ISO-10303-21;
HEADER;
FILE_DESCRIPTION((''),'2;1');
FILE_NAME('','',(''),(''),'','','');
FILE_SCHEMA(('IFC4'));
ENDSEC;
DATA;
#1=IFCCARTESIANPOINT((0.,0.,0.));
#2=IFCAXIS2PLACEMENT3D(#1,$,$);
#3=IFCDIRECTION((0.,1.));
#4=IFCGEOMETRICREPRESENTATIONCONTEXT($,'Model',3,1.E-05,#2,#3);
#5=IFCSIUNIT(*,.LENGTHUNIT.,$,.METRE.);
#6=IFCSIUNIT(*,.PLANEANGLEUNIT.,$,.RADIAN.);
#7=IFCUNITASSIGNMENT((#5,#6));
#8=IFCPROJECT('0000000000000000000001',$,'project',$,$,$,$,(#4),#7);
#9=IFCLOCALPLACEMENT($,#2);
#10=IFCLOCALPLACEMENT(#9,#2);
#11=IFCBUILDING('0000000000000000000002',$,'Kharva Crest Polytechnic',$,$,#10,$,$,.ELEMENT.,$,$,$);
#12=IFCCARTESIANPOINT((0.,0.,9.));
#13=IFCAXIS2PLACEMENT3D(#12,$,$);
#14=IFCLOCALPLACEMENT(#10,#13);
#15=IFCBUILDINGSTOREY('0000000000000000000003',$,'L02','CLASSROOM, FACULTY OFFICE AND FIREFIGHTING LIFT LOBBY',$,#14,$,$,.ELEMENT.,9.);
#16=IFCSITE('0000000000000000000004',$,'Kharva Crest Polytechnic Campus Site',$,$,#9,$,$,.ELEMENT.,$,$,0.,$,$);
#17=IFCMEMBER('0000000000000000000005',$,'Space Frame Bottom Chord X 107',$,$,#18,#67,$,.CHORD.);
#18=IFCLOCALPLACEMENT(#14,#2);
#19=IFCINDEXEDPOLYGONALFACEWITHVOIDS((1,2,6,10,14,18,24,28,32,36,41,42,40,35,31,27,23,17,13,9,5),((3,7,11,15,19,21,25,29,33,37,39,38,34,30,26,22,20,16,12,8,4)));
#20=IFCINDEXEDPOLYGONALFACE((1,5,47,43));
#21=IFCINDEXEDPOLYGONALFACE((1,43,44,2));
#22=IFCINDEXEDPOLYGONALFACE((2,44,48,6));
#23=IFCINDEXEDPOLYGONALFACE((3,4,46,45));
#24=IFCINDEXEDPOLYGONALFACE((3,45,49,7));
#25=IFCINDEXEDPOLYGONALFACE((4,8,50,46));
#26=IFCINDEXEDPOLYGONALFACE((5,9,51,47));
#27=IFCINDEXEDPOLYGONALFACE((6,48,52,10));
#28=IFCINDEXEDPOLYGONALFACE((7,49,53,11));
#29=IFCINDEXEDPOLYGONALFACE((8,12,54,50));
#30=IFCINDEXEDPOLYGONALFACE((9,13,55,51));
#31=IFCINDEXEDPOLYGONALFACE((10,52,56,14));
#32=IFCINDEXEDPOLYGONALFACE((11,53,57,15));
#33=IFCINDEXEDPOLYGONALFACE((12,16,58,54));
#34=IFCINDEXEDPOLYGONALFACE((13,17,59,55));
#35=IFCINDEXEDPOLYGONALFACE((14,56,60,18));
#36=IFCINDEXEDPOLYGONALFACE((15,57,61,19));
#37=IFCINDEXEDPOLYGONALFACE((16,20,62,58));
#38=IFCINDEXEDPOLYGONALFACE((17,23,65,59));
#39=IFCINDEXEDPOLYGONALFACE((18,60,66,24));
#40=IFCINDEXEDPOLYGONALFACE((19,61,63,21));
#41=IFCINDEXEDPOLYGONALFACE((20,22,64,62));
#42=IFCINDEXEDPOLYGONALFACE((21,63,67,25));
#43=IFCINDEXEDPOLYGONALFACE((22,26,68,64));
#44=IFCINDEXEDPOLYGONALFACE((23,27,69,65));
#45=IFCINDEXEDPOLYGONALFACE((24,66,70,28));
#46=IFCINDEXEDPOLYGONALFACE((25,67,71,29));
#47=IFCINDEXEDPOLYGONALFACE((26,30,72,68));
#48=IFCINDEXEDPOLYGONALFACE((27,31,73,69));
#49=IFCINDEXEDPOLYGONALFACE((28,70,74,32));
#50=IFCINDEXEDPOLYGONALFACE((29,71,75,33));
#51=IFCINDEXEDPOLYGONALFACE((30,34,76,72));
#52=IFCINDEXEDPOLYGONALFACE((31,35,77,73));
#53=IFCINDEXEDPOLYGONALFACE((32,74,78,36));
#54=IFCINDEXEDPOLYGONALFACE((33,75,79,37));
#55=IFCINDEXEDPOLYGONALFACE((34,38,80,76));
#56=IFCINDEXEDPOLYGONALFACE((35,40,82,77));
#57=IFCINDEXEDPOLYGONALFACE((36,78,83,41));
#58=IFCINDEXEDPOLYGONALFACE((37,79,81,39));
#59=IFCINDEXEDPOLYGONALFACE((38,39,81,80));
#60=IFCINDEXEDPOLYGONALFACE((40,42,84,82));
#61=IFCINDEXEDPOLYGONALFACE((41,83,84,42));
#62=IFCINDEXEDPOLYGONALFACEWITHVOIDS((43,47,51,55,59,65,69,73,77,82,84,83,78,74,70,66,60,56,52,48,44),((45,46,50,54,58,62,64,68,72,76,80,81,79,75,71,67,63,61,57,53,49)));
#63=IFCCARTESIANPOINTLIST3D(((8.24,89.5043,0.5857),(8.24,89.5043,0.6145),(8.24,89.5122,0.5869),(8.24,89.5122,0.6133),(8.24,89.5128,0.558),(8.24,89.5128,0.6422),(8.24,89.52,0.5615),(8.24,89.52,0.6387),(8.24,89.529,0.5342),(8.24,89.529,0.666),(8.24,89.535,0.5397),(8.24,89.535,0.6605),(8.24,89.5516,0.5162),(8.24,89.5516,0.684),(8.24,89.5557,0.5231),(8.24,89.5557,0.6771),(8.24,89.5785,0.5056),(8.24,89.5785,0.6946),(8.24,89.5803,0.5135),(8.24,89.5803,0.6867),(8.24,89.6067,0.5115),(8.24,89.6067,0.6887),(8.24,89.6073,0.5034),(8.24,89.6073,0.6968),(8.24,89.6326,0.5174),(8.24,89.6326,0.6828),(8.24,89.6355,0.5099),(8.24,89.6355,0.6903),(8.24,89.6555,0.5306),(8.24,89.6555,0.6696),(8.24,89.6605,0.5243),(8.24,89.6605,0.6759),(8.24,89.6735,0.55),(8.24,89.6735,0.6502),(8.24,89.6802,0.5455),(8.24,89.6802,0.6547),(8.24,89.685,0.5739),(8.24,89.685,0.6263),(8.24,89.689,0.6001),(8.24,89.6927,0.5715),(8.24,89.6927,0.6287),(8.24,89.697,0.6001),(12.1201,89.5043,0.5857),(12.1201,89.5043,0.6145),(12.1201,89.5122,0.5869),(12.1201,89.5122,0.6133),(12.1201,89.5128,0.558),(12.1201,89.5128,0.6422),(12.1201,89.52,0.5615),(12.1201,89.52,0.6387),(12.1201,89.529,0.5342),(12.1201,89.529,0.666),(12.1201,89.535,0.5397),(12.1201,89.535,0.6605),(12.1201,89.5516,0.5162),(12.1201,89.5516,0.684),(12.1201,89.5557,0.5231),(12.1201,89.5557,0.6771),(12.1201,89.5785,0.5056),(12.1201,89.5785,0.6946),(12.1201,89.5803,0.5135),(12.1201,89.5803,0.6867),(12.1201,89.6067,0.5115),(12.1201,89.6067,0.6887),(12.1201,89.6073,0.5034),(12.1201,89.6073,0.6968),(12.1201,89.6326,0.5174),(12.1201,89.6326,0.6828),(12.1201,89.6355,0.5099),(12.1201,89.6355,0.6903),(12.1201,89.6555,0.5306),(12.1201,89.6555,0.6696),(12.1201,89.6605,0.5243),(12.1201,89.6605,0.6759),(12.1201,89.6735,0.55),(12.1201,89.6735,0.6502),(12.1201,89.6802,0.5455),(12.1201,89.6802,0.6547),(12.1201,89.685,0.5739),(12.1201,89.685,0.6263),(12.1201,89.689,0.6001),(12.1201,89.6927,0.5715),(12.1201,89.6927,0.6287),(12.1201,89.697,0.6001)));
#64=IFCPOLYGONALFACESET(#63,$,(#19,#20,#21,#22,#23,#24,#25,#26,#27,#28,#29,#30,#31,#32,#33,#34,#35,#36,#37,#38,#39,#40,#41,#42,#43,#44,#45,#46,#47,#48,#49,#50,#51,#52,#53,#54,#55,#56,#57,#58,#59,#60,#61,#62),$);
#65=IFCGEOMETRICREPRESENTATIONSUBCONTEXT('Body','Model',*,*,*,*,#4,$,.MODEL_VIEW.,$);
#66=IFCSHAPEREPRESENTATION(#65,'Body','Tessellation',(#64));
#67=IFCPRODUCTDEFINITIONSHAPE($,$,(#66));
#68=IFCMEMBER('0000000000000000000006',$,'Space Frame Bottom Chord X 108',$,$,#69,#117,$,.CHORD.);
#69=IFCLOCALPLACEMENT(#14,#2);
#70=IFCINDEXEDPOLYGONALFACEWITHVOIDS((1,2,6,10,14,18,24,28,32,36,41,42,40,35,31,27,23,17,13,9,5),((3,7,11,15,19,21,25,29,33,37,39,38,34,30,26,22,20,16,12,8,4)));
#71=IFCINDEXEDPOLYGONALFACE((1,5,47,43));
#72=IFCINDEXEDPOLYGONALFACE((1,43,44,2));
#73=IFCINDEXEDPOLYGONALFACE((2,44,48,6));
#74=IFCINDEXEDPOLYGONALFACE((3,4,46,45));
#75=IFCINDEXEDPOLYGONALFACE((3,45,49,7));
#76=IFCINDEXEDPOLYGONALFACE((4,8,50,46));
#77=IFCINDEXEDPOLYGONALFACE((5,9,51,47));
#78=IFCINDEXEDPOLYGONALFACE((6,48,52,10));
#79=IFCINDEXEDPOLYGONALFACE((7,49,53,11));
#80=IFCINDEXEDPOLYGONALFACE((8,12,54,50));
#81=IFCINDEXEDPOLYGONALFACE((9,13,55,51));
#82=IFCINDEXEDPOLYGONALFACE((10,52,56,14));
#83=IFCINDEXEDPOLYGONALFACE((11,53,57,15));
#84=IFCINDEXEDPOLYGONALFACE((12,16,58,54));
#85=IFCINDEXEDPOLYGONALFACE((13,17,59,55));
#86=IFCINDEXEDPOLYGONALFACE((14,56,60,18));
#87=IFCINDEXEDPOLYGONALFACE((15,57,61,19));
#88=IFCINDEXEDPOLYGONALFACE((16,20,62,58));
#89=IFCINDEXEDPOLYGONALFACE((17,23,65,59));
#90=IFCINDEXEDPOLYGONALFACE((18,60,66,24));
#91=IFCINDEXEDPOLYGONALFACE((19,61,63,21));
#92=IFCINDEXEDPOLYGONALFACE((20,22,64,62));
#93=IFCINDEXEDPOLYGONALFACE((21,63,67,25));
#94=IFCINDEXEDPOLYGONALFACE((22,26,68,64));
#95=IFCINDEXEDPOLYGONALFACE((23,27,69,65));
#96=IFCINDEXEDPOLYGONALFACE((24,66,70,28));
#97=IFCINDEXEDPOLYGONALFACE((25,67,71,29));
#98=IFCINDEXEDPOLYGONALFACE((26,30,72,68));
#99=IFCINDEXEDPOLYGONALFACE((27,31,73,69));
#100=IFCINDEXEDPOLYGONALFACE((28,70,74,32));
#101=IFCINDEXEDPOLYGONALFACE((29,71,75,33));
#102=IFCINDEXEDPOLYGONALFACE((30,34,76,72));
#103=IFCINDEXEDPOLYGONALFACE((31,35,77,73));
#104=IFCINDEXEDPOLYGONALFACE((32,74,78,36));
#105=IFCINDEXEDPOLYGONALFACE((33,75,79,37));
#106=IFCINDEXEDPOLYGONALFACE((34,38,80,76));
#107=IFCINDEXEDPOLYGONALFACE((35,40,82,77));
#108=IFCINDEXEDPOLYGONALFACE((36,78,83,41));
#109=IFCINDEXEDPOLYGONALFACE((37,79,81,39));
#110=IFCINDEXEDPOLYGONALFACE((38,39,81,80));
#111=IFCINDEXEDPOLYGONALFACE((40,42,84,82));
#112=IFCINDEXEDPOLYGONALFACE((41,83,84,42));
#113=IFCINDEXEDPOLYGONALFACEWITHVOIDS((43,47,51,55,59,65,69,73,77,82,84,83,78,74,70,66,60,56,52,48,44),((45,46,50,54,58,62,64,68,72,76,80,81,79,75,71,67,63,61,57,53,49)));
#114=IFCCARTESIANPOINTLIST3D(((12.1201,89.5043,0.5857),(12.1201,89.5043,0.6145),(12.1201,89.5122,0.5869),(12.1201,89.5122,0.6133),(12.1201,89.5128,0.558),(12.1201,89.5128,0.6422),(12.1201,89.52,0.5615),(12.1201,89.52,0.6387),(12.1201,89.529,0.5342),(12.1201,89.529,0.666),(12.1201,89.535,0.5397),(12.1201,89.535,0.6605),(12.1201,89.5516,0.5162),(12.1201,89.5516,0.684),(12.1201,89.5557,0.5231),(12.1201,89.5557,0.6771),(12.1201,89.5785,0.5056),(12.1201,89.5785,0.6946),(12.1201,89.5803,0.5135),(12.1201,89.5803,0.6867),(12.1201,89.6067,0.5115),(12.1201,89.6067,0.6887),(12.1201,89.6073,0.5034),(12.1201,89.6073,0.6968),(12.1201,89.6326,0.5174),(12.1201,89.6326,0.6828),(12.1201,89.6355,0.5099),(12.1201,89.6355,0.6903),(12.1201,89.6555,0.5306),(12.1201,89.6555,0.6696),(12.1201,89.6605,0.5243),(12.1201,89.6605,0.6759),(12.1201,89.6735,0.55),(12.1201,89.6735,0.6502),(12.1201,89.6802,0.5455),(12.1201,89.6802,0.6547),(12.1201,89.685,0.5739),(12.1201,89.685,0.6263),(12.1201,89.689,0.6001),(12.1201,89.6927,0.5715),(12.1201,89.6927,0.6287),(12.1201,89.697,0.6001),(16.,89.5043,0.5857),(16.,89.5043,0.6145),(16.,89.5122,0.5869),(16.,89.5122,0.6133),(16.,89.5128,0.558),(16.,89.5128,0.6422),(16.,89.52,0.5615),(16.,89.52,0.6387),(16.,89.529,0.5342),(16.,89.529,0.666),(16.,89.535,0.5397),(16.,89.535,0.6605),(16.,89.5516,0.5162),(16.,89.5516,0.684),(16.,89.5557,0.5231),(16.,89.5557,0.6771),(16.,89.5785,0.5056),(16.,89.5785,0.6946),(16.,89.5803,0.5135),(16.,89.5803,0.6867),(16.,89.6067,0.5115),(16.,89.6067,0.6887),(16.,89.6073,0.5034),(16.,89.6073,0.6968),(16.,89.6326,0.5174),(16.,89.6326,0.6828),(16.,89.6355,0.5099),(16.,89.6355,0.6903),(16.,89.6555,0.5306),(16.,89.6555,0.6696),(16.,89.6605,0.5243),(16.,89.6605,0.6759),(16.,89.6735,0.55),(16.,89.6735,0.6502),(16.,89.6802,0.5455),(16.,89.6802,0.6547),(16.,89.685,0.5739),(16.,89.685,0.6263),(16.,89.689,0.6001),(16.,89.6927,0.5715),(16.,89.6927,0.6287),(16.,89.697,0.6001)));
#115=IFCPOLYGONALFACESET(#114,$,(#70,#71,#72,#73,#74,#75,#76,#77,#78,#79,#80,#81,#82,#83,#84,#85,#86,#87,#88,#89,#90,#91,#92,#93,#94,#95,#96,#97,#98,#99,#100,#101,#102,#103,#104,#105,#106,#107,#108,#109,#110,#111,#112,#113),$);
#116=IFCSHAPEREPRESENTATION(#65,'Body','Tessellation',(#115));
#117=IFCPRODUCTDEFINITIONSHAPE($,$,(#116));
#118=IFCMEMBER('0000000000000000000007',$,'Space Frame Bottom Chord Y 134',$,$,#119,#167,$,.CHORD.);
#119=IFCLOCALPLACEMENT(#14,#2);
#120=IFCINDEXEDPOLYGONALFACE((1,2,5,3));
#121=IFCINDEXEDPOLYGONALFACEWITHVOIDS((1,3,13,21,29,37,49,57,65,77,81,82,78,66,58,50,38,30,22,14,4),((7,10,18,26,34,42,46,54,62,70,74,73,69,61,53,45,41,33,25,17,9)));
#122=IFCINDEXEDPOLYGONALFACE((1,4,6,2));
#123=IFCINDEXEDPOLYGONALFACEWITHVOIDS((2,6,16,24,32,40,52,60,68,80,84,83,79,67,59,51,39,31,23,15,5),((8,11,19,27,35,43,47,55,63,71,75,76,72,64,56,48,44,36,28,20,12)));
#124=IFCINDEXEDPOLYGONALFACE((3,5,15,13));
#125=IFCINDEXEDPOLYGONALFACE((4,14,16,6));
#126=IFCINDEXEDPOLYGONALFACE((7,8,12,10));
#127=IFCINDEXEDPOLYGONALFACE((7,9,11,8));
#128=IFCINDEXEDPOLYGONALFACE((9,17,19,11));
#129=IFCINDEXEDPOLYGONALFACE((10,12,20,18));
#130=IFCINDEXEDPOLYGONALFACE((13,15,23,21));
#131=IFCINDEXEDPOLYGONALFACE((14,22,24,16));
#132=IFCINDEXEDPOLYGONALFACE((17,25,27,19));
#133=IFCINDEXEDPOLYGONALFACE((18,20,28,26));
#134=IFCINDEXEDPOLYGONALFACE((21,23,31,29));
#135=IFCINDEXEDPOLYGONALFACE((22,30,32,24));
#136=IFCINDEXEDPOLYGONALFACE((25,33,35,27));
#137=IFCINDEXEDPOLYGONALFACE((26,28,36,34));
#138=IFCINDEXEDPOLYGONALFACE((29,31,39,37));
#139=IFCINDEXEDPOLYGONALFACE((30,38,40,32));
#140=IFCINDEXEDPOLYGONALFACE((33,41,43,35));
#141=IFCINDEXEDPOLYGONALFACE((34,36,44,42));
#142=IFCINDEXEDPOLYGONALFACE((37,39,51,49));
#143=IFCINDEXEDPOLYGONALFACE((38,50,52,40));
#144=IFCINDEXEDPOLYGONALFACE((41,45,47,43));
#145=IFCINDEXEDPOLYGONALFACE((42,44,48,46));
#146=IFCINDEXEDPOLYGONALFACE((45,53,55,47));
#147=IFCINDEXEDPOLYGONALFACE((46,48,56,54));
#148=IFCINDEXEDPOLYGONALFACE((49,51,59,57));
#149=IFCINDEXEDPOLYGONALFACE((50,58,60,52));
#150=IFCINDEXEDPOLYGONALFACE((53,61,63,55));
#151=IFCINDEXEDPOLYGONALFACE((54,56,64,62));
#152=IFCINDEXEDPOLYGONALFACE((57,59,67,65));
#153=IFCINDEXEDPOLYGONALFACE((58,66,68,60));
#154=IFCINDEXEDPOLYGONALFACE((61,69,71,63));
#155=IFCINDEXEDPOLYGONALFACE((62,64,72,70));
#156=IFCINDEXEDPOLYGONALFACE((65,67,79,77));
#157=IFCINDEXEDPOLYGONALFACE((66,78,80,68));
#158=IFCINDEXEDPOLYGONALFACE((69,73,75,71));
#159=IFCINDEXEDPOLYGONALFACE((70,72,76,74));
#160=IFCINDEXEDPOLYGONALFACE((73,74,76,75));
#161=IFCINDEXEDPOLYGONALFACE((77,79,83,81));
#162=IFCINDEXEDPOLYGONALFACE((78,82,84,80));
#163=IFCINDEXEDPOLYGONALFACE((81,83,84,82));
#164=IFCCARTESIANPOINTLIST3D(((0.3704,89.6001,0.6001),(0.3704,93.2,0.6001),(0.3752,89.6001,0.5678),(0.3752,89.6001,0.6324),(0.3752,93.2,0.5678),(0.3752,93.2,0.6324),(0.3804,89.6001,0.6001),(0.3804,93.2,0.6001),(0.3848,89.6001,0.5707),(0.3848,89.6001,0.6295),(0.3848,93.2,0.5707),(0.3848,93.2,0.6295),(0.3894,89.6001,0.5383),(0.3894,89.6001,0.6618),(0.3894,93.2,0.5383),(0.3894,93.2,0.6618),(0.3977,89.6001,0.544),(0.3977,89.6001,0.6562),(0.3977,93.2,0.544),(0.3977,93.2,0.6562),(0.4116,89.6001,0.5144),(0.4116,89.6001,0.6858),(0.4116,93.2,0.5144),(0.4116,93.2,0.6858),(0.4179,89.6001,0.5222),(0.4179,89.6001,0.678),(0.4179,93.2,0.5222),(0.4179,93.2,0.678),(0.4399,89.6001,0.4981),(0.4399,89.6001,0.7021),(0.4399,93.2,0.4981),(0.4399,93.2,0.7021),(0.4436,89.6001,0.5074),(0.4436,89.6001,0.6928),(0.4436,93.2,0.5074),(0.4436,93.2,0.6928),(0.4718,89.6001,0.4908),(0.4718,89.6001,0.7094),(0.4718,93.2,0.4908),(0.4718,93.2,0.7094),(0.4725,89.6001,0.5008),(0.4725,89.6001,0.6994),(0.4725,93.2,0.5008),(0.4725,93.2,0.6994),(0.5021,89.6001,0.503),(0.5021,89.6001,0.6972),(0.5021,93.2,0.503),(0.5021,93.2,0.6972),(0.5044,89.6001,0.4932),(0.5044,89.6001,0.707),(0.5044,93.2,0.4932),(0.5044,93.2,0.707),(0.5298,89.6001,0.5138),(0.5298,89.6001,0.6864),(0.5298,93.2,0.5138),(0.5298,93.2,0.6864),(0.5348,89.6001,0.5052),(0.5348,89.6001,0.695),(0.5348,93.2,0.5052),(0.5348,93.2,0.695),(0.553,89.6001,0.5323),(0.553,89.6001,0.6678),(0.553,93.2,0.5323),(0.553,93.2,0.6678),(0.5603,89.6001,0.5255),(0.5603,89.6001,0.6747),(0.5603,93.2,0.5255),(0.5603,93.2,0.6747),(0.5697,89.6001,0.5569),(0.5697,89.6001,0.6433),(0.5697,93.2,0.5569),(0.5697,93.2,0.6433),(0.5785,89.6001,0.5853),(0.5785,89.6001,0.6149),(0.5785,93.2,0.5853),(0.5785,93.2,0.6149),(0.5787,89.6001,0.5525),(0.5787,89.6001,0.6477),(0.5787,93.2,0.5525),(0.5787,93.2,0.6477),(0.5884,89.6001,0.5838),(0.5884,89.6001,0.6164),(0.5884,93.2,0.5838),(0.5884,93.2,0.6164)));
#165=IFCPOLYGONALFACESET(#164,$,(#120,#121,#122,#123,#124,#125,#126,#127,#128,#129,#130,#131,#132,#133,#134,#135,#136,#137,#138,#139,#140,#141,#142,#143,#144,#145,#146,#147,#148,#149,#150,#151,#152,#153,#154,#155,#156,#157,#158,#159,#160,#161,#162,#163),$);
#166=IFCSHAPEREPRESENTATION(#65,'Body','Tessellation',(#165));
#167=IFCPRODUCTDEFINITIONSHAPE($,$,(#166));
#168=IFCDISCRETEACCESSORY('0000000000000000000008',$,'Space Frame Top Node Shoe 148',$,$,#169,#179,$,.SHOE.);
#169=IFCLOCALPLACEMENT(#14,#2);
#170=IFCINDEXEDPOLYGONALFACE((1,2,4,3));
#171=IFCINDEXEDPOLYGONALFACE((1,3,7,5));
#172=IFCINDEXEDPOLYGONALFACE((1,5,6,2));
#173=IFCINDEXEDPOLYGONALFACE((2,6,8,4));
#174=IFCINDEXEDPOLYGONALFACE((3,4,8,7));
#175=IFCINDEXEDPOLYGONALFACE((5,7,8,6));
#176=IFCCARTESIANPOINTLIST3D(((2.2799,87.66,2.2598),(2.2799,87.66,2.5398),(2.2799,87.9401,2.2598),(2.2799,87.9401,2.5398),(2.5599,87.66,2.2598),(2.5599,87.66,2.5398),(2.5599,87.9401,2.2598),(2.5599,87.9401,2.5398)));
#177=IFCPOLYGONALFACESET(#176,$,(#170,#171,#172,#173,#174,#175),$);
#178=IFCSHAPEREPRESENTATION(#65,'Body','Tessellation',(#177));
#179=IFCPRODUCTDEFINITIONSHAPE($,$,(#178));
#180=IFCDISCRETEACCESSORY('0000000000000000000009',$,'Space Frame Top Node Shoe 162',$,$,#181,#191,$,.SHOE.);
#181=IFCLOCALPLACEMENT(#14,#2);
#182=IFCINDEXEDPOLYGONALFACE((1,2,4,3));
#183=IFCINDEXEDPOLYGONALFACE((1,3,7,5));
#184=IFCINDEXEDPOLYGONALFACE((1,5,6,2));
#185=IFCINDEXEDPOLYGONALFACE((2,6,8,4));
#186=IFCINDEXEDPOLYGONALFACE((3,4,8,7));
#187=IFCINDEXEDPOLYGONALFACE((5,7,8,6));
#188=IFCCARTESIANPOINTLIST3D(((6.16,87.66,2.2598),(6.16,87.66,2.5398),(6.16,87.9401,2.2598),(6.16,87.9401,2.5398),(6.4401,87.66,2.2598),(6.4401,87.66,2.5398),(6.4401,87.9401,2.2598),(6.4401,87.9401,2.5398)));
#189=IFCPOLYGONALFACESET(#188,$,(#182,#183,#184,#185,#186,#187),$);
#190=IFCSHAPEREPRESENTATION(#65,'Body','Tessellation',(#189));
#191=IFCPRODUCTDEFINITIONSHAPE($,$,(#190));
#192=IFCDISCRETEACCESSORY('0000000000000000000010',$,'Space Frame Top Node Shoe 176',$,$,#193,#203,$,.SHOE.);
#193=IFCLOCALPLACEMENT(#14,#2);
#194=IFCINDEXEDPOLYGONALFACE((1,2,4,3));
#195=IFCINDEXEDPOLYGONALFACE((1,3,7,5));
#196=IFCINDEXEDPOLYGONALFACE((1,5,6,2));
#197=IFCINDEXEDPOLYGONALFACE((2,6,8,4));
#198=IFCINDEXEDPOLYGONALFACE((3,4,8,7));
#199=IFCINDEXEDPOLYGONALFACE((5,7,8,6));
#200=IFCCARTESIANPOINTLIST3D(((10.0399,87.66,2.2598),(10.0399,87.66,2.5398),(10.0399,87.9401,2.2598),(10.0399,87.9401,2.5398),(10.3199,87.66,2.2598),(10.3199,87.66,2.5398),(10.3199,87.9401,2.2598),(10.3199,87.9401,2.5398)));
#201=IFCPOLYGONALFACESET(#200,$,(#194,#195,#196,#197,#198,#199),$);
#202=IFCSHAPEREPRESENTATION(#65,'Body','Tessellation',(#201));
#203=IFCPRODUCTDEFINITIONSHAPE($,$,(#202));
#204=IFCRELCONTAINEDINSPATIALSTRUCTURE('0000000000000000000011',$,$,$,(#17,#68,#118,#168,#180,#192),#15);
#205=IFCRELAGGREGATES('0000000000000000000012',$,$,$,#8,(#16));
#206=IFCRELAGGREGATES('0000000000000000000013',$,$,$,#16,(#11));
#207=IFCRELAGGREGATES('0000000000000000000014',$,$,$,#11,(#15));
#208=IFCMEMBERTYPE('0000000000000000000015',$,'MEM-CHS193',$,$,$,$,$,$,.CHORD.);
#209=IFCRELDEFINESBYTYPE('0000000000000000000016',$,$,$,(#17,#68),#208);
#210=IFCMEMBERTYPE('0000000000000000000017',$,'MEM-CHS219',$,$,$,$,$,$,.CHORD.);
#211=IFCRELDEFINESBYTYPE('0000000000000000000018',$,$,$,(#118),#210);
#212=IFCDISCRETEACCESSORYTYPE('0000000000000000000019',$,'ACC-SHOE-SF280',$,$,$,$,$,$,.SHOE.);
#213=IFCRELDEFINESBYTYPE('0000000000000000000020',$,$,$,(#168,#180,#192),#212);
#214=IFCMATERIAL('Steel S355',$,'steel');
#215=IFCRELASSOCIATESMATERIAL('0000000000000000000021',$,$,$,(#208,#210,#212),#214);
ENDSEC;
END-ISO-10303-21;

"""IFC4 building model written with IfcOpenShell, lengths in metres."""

from ifc_helpers import new_model, si_unit, direction, frame, origin, origin_2d, place, context, subcontext, project, spatial, rectangle, hollow_circle, extrude, material, material_profile, profile_set, type_object, element, save


model = new_model("IFC4")

# Units and contexts
model_context = context("Model", 3, precision=1e-05, world=origin(), true_north=direction((0.0, 1.0)))
body_context = subcontext(model_context, "Body", "Model", "MODEL_VIEW")
ifc_project = project(units=[si_unit("LENGTHUNIT", "METRE"), si_unit("PLANEANGLEUNIT", "RADIAN")], contexts=[model_context])

# Site, building, storey
site_placement = place(None, origin())
site = spatial("IfcSite", under=ifc_project, at=site_placement, Name="Kharva Crest Polytechnic Campus Site", CompositionType="ELEMENT", RefElevation=0.0)
building_placement = place(site_placement, origin())
building = spatial("IfcBuilding", under=site, at=building_placement, Name="Kharva Crest Polytechnic", CompositionType="ELEMENT")
storey_placement = place(building_placement, frame((0.0, 0.0, 9.0)))
storey = spatial("IfcBuildingStorey", under=building, at=storey_placement, Name="L02", Description="CLASSROOM, FACULTY OFFICE AND FIREFIGHTING LIFT LOBBY", CompositionType="ELEMENT", Elevation=9.0)

# Members
ifc_material = material(Name="Steel S355", Category="steel")
ifc_material_profile_1 = material_profile(ifc_material, hollow_circle(Radius=0.0969, WallThickness=0.0081, at=origin_2d()), Name="CHS 193.7X8.0")
ifc_profile_set_1 = profile_set([ifc_material_profile_1], Name="Steel S355")
member_type_1 = type_object("IfcMemberType", Name="MEM-CHS193", PredefinedType="CHORD", material=ifc_profile_set_1)
member_1_placement = place(storey_placement, frame((8.24, 89.6001, 0.6001), z_axis=(1.0, 0.0, 0.0), x_axis=(0.0, 1.0, 0.0)))
element("IfcMember", 1, at=member_1_placement, inside=storey, type_object=member_type_1, Name="Space Frame Bottom Chord X 107", PredefinedType="CHORD", context=body_context, shape_type="SweptSolid", body=[
    extrude(hollow_circle(Radius=0.0969, WallThickness=0.0081, at=origin_2d()), origin(), (0.0, 0.0, 1.0), 3.8801),
])
member_2_placement = place(storey_placement, frame((12.1201, 89.6001, 0.6001), z_axis=(1.0, 0.0, 0.0), x_axis=(0.0, 1.0, 0.0)))
element("IfcMember", 2, at=member_2_placement, inside=storey, type_object=member_type_1, Name="Space Frame Bottom Chord X 108", PredefinedType="CHORD", context=body_context, shape_type="SweptSolid", body=[
    extrude(hollow_circle(Radius=0.0969, WallThickness=0.0081, at=origin_2d()), origin(), (0.0, 0.0, 1.0), 3.8799),
])
ifc_material_profile_2 = material_profile(ifc_material, hollow_circle(Radius=0.1096, WallThickness=0.01, at=origin_2d()), Name="CHS 219.1X10.0")
ifc_profile_set_2 = profile_set([ifc_material_profile_2], Name="Steel S355")
member_type_2 = type_object("IfcMemberType", Name="MEM-CHS219", PredefinedType="CHORD", material=ifc_profile_set_2)
member_3_placement = place(storey_placement, frame((0.48, 89.6001, 0.6001), z_axis=(0.0, 1.0, 0.0), x_axis=(-1.0, 0.0, 0.0)))
element("IfcMember", 3, at=member_3_placement, inside=storey, type_object=member_type_2, Name="Space Frame Bottom Chord Y 134", PredefinedType="CHORD", context=body_context, shape_type="SweptSolid", body=[
    extrude(hollow_circle(Radius=0.1096, WallThickness=0.01, at=origin_2d()), origin(), (0.0, 0.0, 1.0), 3.5999),
])

# Discrete accessories
discrete_accessory_type_1 = type_object("IfcDiscreteAccessoryType", Name="ACC-SHOE-SF280", PredefinedType="SHOE", material=ifc_material)
for number, where, z_axis, x_axis, name in (
    (4, (2.4199, 87.8, 2.2598), (0.0, 0.0, 1.0), (1.0, 0.0, 0.0), "Space Frame Top Node Shoe 148"),
    (5, (6.3, 87.8, 2.2598), (0.0, 0.0, 1.0), (1.0, 0.0, 0.0), "Space Frame Top Node Shoe 162"),
    (6, (10.1799, 87.8, 2.2598), (0.0, 0.0, 1.0), (1.0, 0.0, 0.0), "Space Frame Top Node Shoe 176"),
):
    element("IfcDiscreteAccessory", number, at=place(storey_placement, frame(where, z_axis=z_axis, x_axis=x_axis)), inside=storey, type_object=discrete_accessory_type_1, Name=name, PredefinedType="SHOE", context=body_context, shape_type="SweptSolid", body=[
        extrude(rectangle(XDim=0.28, YDim=0.28, at=origin_2d()), origin(), (0.0, 0.0, 1.0), 0.28),
    ])

save(model, "model.ifc")
